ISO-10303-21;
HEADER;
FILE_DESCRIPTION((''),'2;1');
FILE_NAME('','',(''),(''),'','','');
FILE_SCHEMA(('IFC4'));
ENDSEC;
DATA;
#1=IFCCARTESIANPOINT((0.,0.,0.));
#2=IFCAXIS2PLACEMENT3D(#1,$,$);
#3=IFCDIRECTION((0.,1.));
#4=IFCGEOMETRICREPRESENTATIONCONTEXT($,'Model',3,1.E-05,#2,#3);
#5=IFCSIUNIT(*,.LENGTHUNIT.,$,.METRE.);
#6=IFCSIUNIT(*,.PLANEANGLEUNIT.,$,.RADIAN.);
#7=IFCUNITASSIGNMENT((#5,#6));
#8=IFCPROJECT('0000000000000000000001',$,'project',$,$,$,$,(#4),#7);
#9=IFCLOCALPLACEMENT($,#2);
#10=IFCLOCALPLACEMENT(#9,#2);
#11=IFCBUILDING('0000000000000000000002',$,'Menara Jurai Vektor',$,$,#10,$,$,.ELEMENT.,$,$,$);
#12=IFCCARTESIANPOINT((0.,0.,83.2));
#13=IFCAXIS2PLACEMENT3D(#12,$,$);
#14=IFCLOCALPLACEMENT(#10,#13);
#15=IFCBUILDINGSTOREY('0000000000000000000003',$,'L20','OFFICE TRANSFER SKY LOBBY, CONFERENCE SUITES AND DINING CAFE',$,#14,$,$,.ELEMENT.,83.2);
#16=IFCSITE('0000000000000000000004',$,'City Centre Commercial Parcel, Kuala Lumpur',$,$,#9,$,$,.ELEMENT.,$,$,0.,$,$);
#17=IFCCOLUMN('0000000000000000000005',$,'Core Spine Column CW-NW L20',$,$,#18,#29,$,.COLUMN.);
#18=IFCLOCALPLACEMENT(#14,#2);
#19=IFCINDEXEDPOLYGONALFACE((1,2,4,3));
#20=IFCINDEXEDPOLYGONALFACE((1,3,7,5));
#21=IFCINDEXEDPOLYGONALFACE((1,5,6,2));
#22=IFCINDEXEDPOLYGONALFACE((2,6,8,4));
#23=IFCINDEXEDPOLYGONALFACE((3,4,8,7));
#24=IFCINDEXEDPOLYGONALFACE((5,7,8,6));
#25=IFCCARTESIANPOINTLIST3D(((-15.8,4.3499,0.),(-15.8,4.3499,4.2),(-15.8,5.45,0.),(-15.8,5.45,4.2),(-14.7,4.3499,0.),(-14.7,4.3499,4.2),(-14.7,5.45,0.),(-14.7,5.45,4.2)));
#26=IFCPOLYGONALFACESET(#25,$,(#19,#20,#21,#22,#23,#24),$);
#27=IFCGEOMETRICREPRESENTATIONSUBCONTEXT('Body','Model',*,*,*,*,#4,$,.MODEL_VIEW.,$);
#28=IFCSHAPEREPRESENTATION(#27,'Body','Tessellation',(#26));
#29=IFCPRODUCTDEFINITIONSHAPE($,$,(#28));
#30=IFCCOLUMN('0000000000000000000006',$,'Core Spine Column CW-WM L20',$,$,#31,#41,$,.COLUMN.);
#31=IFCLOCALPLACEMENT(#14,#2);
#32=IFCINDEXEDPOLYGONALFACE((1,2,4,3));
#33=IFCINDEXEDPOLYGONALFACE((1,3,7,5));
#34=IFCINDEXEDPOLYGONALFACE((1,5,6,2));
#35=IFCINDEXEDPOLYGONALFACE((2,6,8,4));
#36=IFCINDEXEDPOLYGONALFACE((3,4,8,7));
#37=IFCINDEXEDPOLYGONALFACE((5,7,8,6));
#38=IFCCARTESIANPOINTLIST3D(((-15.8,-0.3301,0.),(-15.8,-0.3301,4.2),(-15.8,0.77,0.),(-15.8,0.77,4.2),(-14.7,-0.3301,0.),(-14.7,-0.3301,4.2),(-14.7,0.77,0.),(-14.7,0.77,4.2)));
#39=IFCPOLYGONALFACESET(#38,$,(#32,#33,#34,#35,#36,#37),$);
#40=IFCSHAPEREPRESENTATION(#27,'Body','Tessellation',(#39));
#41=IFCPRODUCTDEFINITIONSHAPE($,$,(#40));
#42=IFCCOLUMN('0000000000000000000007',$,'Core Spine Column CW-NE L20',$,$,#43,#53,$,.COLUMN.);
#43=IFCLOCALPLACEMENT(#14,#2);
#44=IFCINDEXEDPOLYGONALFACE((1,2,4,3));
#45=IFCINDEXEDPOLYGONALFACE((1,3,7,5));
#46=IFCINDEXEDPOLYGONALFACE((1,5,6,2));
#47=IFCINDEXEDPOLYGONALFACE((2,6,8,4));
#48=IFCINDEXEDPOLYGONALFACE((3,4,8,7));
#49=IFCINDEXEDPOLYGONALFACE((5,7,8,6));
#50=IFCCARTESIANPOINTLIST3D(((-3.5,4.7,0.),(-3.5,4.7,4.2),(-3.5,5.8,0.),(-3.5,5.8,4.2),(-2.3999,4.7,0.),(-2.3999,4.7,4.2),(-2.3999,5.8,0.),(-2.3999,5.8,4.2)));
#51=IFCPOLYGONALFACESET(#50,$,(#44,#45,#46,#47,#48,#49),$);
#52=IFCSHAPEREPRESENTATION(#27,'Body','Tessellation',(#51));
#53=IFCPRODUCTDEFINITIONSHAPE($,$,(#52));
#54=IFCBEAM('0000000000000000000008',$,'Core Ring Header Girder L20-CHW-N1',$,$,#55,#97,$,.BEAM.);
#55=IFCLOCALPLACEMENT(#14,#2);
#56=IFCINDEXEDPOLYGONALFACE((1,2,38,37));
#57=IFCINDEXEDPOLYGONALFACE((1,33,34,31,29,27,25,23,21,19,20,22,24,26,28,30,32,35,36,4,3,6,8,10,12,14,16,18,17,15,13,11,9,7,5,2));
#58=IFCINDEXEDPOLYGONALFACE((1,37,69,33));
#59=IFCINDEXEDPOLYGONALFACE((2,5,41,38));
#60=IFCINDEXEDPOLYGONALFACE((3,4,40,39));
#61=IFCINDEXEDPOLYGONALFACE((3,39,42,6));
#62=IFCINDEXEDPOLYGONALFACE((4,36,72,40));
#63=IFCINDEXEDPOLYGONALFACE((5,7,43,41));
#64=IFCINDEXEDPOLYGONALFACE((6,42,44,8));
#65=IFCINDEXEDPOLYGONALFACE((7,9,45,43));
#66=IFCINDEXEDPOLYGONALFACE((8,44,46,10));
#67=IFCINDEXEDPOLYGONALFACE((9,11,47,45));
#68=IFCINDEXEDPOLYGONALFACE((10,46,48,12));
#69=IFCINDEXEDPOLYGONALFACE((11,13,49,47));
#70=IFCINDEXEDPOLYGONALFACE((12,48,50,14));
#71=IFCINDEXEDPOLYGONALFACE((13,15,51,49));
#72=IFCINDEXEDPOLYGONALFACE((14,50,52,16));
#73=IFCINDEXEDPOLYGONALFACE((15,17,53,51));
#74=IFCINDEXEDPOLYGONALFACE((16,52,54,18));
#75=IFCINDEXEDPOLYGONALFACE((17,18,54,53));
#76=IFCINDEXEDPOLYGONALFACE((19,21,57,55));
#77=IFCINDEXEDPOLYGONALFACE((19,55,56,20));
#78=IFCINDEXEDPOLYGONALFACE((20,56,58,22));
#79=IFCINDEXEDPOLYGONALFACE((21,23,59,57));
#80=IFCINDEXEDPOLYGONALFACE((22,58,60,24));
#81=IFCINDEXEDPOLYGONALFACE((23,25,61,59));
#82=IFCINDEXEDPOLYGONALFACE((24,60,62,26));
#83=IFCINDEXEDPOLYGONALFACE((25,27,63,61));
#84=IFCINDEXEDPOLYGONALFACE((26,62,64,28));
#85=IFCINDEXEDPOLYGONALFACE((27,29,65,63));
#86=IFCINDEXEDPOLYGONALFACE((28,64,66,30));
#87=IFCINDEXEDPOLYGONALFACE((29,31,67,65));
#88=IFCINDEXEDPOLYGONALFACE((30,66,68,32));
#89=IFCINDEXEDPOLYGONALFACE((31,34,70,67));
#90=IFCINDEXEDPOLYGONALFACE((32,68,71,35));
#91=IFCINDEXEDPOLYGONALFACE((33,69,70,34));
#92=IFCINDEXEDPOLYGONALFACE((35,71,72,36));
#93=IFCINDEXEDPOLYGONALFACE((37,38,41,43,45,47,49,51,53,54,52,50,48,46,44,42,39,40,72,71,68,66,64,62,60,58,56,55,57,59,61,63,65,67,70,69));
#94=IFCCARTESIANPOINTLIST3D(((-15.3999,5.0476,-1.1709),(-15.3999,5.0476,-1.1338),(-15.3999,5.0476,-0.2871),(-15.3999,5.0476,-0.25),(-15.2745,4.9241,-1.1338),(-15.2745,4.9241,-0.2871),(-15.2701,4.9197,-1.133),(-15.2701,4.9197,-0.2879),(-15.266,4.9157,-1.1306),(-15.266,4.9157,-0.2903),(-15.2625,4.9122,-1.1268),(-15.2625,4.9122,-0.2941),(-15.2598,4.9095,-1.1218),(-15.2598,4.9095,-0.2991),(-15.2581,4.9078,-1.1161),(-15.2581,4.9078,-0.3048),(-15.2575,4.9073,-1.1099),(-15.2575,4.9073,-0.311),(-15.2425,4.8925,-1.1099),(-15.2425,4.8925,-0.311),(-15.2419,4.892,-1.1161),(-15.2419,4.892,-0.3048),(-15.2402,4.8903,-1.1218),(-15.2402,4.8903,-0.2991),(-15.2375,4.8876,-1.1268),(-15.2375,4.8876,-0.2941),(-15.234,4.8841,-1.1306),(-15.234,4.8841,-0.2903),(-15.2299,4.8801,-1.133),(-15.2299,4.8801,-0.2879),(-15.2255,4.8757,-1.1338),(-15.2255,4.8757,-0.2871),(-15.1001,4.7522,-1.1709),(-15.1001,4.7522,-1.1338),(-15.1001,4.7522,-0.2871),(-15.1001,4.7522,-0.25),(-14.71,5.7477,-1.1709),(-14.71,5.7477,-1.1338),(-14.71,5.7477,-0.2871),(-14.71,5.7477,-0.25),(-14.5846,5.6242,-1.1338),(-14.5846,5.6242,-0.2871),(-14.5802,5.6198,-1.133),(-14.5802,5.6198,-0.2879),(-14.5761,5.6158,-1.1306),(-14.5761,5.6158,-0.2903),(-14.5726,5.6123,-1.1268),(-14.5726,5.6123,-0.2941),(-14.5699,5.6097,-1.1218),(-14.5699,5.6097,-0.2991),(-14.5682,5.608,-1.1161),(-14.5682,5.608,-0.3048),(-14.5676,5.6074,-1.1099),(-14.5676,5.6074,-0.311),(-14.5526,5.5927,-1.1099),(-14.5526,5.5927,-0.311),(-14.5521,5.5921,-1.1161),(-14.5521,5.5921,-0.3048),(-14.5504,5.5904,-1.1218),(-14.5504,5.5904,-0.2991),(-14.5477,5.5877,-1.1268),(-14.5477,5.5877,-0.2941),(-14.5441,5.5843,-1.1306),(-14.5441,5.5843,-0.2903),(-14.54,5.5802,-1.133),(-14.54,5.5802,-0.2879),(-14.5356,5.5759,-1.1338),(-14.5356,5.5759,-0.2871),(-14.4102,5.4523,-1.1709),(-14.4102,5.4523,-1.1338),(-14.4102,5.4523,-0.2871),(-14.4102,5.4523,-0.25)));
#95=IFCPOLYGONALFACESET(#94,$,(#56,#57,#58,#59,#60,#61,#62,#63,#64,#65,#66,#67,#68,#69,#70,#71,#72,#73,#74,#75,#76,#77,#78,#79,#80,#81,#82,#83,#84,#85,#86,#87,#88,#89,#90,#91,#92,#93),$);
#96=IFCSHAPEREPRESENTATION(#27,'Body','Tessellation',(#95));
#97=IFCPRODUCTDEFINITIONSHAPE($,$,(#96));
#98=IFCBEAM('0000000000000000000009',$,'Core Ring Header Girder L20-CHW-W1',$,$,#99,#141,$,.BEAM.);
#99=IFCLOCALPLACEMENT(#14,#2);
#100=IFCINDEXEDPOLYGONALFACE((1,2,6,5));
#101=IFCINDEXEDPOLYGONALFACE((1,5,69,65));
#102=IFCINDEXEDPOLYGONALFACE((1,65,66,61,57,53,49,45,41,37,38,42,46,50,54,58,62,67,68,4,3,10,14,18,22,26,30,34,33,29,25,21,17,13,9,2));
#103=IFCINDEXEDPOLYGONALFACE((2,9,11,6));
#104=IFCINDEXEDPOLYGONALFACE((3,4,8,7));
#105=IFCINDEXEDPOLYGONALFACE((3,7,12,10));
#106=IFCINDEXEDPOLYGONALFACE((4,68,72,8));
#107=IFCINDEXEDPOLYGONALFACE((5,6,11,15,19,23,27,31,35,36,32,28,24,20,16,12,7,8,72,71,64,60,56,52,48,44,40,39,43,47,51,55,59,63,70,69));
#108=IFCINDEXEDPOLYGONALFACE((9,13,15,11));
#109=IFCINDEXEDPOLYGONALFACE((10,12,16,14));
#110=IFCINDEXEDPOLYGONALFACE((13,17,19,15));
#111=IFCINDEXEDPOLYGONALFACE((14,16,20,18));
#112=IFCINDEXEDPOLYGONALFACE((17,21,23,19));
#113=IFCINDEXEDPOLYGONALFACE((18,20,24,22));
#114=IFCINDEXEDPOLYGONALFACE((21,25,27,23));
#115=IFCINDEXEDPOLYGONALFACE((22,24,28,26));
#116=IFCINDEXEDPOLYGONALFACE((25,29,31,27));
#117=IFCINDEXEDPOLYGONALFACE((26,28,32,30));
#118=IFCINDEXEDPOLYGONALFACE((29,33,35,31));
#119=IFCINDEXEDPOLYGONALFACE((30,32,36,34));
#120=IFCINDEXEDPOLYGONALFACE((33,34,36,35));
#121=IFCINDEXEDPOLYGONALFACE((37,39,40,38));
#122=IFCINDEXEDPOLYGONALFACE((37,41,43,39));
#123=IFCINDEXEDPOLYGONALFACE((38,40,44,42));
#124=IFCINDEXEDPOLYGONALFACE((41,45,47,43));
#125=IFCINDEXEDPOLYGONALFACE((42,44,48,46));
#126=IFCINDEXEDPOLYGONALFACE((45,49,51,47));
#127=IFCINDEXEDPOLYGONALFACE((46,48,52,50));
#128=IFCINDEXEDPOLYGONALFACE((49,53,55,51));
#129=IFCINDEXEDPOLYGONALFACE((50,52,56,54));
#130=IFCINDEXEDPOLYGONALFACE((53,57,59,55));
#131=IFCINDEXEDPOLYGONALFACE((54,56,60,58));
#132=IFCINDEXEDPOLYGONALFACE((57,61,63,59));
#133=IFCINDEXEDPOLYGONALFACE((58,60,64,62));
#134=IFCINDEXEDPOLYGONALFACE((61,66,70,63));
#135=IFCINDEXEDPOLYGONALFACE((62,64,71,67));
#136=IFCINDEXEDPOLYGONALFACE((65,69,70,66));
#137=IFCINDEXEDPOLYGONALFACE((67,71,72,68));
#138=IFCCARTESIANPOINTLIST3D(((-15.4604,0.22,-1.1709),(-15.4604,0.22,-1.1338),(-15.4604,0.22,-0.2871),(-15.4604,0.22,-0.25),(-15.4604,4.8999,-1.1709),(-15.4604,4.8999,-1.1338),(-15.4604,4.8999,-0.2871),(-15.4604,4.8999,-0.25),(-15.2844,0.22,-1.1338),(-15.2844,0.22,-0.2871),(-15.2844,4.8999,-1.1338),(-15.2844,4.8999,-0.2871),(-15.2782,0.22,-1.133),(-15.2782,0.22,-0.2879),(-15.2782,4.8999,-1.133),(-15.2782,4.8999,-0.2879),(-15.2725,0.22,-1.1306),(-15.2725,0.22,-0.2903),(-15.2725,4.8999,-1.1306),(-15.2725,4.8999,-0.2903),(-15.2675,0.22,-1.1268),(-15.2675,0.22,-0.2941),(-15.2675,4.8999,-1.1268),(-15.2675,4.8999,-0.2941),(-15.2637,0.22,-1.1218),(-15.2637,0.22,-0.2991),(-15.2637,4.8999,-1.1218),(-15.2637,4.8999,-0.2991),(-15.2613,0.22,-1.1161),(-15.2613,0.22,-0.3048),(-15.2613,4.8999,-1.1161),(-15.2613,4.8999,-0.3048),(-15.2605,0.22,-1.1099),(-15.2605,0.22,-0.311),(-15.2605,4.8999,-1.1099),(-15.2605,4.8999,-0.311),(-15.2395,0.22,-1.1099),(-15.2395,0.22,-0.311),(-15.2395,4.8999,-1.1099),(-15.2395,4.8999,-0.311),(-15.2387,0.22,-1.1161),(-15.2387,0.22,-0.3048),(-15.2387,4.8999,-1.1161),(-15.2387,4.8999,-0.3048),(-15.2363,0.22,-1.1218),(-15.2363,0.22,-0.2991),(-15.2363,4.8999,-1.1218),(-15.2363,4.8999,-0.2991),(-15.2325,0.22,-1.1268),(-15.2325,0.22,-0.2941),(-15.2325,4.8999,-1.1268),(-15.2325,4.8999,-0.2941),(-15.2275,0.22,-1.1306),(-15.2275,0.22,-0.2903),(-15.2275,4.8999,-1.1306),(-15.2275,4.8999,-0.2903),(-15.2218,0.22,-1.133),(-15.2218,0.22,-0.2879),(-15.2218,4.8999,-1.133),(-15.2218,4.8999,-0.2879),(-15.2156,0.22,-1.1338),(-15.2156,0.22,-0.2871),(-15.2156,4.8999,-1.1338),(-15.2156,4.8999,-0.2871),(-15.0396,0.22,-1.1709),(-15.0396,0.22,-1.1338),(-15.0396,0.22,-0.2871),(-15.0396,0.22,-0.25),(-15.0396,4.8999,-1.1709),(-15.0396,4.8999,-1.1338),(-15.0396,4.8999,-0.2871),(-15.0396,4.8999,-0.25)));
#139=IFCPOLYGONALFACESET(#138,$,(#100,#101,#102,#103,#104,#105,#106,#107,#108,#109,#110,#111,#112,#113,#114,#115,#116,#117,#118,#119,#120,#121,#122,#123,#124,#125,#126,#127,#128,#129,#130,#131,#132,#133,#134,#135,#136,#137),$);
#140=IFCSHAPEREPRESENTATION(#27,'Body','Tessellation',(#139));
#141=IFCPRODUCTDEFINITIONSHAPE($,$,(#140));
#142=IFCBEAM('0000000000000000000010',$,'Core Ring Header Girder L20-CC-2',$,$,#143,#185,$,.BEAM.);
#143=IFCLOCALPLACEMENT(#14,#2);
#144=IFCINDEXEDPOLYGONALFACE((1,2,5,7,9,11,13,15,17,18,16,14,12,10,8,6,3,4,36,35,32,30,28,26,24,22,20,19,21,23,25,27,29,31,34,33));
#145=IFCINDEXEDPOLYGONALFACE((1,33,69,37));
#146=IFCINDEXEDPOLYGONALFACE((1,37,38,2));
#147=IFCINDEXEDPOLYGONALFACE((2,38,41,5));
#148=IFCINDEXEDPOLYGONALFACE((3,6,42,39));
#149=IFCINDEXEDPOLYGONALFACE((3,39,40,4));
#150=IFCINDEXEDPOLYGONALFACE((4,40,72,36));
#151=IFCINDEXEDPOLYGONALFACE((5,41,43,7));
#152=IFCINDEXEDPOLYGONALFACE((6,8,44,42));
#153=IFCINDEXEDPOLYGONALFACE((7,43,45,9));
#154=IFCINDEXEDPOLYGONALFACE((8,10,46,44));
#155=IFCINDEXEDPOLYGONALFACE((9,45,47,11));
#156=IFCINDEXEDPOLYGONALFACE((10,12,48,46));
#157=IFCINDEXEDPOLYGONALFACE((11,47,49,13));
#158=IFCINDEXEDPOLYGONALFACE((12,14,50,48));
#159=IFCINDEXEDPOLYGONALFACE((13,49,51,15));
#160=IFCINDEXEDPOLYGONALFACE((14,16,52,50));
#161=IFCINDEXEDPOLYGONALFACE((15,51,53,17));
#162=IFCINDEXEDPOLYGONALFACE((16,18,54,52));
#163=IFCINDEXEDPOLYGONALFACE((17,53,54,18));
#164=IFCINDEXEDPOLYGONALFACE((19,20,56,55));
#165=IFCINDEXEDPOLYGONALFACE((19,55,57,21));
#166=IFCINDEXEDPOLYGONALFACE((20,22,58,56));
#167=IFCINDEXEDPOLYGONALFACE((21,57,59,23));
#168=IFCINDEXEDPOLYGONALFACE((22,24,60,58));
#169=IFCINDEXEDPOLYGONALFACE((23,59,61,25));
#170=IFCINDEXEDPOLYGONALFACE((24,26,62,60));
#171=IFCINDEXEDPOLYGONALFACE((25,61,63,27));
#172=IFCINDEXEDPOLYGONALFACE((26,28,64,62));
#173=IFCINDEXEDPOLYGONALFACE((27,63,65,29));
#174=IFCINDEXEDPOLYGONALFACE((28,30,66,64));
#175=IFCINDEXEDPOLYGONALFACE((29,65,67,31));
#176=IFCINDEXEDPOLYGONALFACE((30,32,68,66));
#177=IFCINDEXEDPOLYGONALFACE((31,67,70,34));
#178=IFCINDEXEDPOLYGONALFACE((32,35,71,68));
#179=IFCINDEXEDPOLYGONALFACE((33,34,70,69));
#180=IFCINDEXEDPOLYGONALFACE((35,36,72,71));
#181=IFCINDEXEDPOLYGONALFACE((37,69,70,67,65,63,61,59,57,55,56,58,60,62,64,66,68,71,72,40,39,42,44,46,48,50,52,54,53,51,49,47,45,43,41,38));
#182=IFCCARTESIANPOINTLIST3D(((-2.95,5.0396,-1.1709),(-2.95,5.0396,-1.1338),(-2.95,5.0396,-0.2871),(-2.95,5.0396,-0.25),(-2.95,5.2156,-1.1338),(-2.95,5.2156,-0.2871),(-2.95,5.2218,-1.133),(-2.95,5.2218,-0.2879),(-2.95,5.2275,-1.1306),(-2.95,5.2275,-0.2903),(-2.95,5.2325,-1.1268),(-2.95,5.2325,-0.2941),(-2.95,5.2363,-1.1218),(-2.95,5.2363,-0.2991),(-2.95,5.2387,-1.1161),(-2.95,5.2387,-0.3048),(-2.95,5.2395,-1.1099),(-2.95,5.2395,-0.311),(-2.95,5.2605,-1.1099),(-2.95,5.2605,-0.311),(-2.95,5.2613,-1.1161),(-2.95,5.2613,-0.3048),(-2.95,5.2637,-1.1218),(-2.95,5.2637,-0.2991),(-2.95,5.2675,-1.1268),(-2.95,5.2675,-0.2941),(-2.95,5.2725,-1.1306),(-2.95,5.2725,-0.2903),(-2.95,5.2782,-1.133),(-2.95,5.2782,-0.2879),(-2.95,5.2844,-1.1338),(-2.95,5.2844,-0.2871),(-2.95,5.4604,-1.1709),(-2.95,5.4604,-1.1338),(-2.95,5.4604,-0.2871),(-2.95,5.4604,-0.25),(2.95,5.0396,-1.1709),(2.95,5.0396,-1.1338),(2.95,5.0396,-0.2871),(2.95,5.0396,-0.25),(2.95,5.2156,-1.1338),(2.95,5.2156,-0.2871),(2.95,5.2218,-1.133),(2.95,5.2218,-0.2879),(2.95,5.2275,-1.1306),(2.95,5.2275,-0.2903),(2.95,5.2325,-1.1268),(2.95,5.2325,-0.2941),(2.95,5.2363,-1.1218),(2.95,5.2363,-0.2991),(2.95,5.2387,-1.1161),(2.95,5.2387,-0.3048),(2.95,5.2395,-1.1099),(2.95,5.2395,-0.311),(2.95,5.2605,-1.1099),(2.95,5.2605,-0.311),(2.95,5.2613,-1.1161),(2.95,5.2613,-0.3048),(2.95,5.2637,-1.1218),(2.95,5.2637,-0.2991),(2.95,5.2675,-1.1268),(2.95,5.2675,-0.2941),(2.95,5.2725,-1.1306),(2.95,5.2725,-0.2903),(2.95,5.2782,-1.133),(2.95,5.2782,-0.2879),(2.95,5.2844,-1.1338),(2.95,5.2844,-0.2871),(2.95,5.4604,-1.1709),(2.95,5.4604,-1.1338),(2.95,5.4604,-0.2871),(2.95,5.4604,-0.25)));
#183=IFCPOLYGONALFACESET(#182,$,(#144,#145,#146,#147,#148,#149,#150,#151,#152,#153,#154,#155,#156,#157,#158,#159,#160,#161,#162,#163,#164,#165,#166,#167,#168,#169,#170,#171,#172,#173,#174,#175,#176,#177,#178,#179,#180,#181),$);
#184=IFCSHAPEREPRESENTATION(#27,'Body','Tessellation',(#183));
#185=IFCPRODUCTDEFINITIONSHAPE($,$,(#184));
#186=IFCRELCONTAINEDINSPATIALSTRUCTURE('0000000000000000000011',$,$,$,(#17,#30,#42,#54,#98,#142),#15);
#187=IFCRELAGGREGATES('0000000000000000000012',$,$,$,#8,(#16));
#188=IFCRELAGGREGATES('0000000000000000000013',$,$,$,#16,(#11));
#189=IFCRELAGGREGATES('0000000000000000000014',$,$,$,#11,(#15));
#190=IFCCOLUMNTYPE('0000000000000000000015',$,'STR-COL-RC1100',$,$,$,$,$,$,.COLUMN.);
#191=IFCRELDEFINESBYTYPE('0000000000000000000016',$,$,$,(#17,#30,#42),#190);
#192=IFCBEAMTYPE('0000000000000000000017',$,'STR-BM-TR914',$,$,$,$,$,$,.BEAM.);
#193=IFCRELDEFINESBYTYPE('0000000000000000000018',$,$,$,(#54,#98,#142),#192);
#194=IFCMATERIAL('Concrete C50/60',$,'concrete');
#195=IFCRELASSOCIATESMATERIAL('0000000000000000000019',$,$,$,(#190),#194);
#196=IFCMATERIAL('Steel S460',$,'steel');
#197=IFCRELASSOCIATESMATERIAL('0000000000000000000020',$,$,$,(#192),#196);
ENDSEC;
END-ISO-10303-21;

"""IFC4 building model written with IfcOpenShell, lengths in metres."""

from ifc_helpers import new_model, si_unit, direction, frame, origin, origin_2d, place, context, subcontext, project, spatial, rectangle, i_section, extrude, material, material_profile, profile_set, type_object, element, save


model = new_model("IFC4")

# Units and contexts
model_context = context("Model", 3, precision=1e-05, world=origin(), true_north=direction((0.0, 1.0)))
body_context = subcontext(model_context, "Body", "Model", "MODEL_VIEW")
ifc_project = project(units=[si_unit("LENGTHUNIT", "METRE"), si_unit("PLANEANGLEUNIT", "RADIAN")], contexts=[model_context])

# Site, building, storey
site_placement = place(None, origin())
site = spatial("IfcSite", under=ifc_project, at=site_placement, Name="City Centre Commercial Parcel, Kuala Lumpur", CompositionType="ELEMENT", RefElevation=0.0)
building_placement = place(site_placement, origin())
building = spatial("IfcBuilding", under=site, at=building_placement, Name="Menara Jurai Vektor", CompositionType="ELEMENT")
storey_placement = place(building_placement, frame((0.0, 0.0, 83.2)))
storey = spatial("IfcBuildingStorey", under=building, at=storey_placement, Name="L20", Description="OFFICE TRANSFER SKY LOBBY, CONFERENCE SUITES AND DINING CAFE", CompositionType="ELEMENT", Elevation=83.2)

# Columns
ifc_material_1 = material(Name="Concrete C50/60", Category="concrete")
ifc_material_profile_1 = material_profile(ifc_material_1, rectangle(XDim=1.1001, YDim=1.1001, at=origin_2d()), Name="RC 1100x1100")
ifc_profile_set_1 = profile_set([ifc_material_profile_1], Name="Concrete C50/60")
column_type = type_object("IfcColumnType", Name="STR-COL-RC1100", PredefinedType="COLUMN", material=ifc_profile_set_1)
for number, where, z_axis, x_axis, name in (
    (1, (-15.25, 4.8999, 0.0), (0.0, 0.0, 1.0), (1.0, 0.0, 0.0), "Core Spine Column CW-NW L20"),
    (2, (-15.25, 0.22, 0.0), (0.0, 0.0, 1.0), (1.0, 0.0, 0.0), "Core Spine Column CW-WM L20"),
    (3, (-2.95, 5.25, 0.0), (0.0, 0.0, 1.0), (1.0, 0.0, 0.0), "Core Spine Column CW-NE L20"),
):
    element("IfcColumn", number, at=place(storey_placement, frame(where, z_axis=z_axis, x_axis=x_axis)), inside=storey, type_object=column_type, Name=name, PredefinedType="COLUMN", context=body_context, shape_type="SweptSolid", body=[
        extrude(rectangle(XDim=1.1001, YDim=1.1001, at=origin_2d()), origin(), (0.0, 0.0, 1.0), 4.2),
    ])

# Beams
ifc_material_2 = material(Name="Steel S460", Category="steel")
ifc_material_profile_2 = material_profile(ifc_material_2, i_section(OverallWidth=0.4209, OverallDepth=0.9209, WebThickness=0.021, FlangeThickness=0.0371, FilletRadius=0.0239, at=origin_2d()), Name="UKB 914x419x388")
ifc_profile_set_2 = profile_set([ifc_material_profile_2], Name="Steel S460")
beam_type_1 = type_object("IfcBeamType", Name="STR-BM-TR914", PredefinedType="BEAM", material=ifc_profile_set_2)
beam_1_placement = place(storey_placement, frame((-15.25, 4.8999, -0.7104), z_axis=(0.701872, 0.712303, 0.0), x_axis=(-0.712303, 0.701872, 0.0)))
element("IfcBeam", 4, at=beam_1_placement, inside=storey, type_object=beam_type_1, Name="Core Ring Header Girder L20-CHW-N1", PredefinedType="BEAM", context=body_context, shape_type="SweptSolid", body=[
    extrude(i_section(OverallWidth=0.4209, OverallDepth=0.9209, WebThickness=0.021, FlangeThickness=0.0371, FilletRadius=0.0239, at=origin_2d()), origin(), (0.0, 0.0, 1.0), 0.9829),
])
beam_2_placement = place(storey_placement, frame((-15.25, 0.22, -0.7104), z_axis=(0.0, 1.0, 0.0), x_axis=(-1.0, 0.0, 0.0)))
element("IfcBeam", 5, at=beam_2_placement, inside=storey, type_object=beam_type_1, Name="Core Ring Header Girder L20-CHW-W1", PredefinedType="BEAM", context=body_context, shape_type="SweptSolid", body=[
    extrude(i_section(OverallWidth=0.4209, OverallDepth=0.9209, WebThickness=0.021, FlangeThickness=0.0371, FilletRadius=0.0239, at=origin_2d()), origin(), (0.0, 0.0, 1.0), 4.6799),
])
beam_3_placement = place(storey_placement, frame((-2.95, 5.25, -0.7104), z_axis=(1.0, 0.0, 0.0), x_axis=(0.0, 1.0, 0.0)))
element("IfcBeam", 6, at=beam_3_placement, inside=storey, type_object=beam_type_1, Name="Core Ring Header Girder L20-CC-2", PredefinedType="BEAM", context=body_context, shape_type="SweptSolid", body=[
    extrude(i_section(OverallWidth=0.4209, OverallDepth=0.9209, WebThickness=0.021, FlangeThickness=0.0371, FilletRadius=0.0239, at=origin_2d()), origin(), (0.0, 0.0, 1.0), 5.8999),
])

save(model, "model.ifc")
